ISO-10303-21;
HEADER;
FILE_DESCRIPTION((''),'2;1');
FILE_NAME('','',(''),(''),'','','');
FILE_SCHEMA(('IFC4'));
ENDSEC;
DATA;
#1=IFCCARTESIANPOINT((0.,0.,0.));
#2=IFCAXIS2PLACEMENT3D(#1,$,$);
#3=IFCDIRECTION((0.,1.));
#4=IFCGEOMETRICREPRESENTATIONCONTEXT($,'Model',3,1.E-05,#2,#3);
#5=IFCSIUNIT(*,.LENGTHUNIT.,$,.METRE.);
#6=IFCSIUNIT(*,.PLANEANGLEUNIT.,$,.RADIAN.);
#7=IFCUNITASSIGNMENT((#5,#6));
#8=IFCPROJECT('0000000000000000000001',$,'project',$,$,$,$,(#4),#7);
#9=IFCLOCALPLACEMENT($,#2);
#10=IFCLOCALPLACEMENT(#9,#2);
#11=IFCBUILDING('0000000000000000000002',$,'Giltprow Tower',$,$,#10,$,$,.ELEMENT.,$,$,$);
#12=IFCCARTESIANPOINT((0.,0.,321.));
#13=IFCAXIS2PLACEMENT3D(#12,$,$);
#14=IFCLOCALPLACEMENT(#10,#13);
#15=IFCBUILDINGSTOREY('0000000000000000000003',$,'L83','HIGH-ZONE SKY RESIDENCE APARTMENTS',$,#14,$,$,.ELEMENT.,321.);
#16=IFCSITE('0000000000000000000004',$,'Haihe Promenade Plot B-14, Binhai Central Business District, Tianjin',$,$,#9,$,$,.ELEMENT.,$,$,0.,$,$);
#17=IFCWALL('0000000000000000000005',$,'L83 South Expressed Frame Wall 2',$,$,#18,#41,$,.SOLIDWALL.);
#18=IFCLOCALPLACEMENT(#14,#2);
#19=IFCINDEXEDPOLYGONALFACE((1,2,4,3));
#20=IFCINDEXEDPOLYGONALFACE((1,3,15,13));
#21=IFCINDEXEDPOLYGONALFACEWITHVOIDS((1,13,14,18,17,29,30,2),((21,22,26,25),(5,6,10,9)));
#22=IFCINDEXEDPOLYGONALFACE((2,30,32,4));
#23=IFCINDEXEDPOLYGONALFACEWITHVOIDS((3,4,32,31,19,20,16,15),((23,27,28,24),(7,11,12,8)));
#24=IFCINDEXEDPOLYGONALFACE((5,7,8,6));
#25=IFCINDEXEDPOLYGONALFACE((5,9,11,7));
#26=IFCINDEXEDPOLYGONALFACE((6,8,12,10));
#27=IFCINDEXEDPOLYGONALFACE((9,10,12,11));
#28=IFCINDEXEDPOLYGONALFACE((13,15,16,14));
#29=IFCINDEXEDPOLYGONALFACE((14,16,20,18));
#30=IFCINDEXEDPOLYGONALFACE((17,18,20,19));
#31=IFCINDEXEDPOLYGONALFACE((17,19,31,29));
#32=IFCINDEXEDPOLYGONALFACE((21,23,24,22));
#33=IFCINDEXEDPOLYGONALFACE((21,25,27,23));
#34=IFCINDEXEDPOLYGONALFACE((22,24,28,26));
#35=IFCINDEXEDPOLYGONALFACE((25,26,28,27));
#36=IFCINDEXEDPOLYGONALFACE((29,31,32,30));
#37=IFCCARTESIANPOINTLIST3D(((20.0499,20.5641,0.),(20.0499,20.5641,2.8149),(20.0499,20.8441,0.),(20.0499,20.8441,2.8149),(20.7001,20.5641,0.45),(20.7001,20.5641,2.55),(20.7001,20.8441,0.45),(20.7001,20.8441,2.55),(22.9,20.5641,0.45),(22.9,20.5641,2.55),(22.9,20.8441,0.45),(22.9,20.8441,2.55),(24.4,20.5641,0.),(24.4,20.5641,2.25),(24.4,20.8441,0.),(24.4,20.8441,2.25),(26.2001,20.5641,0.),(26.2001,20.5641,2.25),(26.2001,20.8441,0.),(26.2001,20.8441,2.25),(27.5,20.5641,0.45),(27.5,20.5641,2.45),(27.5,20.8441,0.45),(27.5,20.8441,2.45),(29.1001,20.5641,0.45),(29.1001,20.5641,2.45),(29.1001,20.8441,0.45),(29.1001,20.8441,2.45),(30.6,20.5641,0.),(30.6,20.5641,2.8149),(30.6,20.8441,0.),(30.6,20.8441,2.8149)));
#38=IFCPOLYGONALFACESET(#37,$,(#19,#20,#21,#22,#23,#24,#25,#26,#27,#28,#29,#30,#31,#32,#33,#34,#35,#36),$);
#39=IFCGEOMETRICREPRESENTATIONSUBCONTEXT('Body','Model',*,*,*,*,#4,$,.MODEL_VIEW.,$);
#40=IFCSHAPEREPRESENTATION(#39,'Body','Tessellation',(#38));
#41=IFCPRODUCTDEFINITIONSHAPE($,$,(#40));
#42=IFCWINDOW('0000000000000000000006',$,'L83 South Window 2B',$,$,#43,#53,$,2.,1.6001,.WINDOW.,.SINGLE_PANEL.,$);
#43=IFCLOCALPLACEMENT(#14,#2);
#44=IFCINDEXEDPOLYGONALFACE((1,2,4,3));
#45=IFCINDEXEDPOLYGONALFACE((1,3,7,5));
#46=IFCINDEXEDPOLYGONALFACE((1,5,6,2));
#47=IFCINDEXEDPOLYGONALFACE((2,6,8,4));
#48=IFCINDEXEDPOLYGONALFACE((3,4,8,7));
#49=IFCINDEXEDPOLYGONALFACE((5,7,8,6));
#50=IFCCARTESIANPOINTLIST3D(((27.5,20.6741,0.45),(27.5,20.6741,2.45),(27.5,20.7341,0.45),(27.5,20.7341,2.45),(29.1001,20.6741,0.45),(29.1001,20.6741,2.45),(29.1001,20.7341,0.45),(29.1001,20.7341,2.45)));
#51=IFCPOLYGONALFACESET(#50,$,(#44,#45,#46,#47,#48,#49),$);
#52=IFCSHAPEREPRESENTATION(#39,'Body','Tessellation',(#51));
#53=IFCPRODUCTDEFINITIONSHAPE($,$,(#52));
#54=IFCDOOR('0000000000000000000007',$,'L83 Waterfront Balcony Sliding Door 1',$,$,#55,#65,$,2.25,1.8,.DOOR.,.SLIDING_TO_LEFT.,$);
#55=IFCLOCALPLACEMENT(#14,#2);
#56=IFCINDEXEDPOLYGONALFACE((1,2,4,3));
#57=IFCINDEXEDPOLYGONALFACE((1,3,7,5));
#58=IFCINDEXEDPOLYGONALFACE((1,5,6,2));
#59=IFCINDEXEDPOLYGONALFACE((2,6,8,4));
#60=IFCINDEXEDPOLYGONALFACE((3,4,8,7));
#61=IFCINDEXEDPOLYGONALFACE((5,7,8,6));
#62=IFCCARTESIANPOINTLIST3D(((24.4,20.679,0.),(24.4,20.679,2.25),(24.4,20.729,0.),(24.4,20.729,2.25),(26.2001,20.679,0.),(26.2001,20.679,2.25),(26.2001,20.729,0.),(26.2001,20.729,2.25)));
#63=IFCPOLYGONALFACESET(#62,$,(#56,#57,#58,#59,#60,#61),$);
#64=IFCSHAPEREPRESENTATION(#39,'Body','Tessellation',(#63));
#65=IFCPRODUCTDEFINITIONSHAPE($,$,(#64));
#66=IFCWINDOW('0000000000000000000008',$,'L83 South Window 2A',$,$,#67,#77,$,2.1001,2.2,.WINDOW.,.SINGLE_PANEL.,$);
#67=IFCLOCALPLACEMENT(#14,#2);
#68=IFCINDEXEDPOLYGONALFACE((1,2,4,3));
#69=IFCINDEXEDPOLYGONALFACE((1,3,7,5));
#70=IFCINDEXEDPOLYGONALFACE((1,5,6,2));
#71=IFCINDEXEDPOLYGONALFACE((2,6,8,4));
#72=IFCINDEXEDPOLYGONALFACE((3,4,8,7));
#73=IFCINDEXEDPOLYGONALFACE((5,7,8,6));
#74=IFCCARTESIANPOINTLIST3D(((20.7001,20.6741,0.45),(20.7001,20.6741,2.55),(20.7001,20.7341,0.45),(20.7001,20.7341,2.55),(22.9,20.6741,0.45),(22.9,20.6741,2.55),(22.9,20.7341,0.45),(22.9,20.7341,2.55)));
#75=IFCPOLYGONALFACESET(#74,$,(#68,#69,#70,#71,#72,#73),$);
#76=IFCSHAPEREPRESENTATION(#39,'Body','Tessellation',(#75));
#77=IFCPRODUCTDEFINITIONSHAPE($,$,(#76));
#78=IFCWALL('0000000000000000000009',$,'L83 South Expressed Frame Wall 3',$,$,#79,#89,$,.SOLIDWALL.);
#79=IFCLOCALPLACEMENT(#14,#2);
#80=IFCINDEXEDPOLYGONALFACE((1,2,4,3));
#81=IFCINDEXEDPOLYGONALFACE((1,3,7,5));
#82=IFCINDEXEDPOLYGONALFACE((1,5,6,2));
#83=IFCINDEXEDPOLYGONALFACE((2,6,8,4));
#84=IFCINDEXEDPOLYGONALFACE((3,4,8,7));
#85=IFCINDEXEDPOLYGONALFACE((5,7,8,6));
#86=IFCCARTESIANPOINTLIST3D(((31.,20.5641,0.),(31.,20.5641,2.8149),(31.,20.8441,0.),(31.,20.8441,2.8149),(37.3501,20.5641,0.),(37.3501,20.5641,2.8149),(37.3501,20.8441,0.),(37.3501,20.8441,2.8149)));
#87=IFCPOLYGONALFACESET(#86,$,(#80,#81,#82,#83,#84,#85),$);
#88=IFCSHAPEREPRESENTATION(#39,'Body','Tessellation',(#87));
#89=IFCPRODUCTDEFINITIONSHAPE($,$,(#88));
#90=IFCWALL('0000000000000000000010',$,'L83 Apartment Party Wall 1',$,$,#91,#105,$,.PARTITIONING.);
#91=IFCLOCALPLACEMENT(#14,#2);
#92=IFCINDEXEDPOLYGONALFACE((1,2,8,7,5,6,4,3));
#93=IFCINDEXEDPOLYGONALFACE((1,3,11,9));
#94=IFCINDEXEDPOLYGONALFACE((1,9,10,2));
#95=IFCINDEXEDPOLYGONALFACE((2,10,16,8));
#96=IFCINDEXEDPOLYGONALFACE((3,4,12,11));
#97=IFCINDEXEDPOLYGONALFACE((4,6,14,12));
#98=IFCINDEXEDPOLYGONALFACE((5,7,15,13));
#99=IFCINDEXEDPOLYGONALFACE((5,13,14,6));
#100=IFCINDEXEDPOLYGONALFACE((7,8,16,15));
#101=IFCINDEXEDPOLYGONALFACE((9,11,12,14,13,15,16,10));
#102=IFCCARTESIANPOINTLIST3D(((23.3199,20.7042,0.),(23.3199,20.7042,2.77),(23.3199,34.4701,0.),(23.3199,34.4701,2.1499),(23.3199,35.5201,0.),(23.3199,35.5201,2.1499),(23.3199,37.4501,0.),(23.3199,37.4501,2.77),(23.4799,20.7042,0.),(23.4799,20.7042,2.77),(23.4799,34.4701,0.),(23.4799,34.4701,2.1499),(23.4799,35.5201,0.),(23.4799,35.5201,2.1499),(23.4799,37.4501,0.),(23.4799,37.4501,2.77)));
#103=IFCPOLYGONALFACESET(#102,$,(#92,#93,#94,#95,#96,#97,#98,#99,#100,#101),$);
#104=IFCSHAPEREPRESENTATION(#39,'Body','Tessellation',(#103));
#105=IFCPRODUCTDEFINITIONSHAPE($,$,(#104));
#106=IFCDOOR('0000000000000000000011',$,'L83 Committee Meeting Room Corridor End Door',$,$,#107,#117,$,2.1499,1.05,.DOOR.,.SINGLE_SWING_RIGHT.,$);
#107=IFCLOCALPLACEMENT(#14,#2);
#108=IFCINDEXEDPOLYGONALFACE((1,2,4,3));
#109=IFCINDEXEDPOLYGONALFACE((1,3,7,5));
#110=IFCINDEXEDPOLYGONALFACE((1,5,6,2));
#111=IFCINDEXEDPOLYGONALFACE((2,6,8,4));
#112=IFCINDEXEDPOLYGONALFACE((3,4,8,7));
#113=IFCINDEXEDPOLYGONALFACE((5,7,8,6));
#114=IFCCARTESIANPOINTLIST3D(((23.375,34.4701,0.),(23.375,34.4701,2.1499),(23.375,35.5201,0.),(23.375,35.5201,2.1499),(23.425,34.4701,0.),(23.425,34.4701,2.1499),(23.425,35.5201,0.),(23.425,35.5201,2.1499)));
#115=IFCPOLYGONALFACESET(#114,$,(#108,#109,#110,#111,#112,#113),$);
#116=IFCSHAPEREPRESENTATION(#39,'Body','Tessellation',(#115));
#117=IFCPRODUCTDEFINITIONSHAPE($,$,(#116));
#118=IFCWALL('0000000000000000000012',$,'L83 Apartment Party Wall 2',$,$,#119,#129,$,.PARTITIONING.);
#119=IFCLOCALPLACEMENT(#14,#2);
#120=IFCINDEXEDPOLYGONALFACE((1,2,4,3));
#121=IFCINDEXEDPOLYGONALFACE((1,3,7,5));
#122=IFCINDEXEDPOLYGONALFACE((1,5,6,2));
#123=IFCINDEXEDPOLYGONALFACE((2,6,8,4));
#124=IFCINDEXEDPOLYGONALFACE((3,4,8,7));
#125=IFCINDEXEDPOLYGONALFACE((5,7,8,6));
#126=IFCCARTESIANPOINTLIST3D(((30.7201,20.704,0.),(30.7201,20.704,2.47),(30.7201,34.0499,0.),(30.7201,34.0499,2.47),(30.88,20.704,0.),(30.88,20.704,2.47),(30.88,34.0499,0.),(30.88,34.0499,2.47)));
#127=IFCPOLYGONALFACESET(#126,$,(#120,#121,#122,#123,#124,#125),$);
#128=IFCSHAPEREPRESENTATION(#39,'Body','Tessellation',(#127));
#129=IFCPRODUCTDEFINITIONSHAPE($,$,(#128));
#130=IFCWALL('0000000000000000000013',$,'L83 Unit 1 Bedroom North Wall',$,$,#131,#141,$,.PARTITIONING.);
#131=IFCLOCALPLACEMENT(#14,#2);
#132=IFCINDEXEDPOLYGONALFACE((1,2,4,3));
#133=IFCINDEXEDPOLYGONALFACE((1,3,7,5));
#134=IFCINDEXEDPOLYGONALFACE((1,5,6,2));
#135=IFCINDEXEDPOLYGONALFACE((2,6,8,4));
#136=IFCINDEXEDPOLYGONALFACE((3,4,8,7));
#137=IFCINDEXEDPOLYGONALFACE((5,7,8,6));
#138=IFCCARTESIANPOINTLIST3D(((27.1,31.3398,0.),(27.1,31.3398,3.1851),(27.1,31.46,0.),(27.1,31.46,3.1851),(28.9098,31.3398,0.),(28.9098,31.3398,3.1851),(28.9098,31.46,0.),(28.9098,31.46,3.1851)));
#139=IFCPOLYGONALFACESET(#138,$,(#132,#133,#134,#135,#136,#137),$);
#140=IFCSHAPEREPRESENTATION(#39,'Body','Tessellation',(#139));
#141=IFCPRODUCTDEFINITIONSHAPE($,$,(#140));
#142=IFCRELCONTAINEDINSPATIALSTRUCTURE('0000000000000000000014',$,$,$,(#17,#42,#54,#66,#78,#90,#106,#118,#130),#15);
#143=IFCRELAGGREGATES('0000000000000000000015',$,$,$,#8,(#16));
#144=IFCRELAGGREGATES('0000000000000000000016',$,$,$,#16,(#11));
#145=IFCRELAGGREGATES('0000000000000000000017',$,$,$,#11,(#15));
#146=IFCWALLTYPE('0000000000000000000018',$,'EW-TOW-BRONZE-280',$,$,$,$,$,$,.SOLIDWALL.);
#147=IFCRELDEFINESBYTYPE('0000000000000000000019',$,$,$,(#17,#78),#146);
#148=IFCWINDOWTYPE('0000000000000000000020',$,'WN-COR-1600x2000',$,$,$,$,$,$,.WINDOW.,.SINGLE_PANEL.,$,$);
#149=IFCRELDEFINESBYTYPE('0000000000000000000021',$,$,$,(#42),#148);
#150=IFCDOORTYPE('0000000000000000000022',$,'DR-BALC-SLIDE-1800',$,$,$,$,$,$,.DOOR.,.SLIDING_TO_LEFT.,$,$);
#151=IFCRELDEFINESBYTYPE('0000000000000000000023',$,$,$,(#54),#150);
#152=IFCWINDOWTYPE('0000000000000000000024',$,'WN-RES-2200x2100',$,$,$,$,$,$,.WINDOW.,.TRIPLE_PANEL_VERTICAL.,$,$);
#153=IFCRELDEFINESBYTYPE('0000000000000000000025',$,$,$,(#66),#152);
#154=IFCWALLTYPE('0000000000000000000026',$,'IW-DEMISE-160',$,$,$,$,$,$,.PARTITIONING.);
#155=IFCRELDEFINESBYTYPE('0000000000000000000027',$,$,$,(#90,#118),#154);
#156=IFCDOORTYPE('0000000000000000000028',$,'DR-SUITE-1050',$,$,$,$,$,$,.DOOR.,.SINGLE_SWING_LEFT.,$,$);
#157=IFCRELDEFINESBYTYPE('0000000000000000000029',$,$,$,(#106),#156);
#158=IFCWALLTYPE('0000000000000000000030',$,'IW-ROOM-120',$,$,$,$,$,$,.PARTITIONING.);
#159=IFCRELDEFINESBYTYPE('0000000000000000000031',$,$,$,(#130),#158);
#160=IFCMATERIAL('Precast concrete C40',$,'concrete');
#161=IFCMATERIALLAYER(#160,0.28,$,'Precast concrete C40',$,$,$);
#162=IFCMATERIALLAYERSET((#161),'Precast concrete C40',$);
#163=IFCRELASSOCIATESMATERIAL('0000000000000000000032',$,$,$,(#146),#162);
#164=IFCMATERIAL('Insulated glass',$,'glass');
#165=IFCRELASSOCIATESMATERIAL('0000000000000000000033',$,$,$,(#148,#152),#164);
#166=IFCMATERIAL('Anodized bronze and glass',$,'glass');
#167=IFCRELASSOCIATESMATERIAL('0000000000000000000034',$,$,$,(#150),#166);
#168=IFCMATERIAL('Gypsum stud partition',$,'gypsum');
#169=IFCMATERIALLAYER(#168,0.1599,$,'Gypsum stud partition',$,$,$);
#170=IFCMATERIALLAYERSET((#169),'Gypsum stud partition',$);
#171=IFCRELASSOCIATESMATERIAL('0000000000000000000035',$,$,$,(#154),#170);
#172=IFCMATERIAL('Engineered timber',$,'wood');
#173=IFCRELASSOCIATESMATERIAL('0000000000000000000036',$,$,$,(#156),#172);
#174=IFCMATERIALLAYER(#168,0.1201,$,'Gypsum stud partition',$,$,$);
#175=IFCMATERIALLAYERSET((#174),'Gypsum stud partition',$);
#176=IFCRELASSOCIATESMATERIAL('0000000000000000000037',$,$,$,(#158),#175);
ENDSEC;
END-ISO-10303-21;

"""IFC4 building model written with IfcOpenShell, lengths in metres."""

from ifc_helpers import new_model, si_unit, direction, frame, frame_2d, origin, place, context, subcontext, project, spatial, rectangle, extrude, source, transform, mapped, material, layer, layer_set, type_object, element, fill, save


model = new_model("IFC4")

# Units and contexts
model_context = context("Model", 3, precision=1e-05, world=origin(), true_north=direction((0.0, 1.0)))
body_context = subcontext(model_context, "Body", "Model", "MODEL_VIEW")
ifc_project = project(units=[si_unit("LENGTHUNIT", "METRE"), si_unit("PLANEANGLEUNIT", "RADIAN")], contexts=[model_context])

# Site, building, storey
site_placement = place(None, origin())
site = spatial("IfcSite", under=ifc_project, at=site_placement, Name="Haihe Promenade Plot B-14, Binhai Central Business District, Tianjin", CompositionType="ELEMENT", RefElevation=0.0)
building_placement = place(site_placement, origin())
building = spatial("IfcBuilding", under=site, at=building_placement, Name="Giltprow Tower", CompositionType="ELEMENT")
storey_placement = place(building_placement, frame((0.0, 0.0, 321.0)))
storey = spatial("IfcBuildingStorey", under=building, at=storey_placement, Name="L83", Description="HIGH-ZONE SKY RESIDENCE APARTMENTS", CompositionType="ELEMENT", Elevation=321.0)

# Wall, openings, windows, door
ifc_material_1 = material(Name="Precast concrete C40", Category="concrete")
ifc_layer_1 = layer(ifc_material_1, 0.28, Name="Precast concrete C40")
ifc_layer_set_1 = layer_set([ifc_layer_1], Name="Precast concrete C40")
wall_type_1 = type_object("IfcWallType", Name="EW-TOW-BRONZE-280", PredefinedType="SOLIDWALL", material=ifc_layer_set_1)
wall_1_placement = place(storey_placement, frame((20.05, 20.7041, 0.0), z_axis=(0.0, 0.0, 1.0), x_axis=(1.0, 0.0, 0.0)))
wall_1 = element("IfcWall", 1, at=wall_1_placement, inside=storey, type_object=wall_type_1, Name="L83 South Expressed Frame Wall 2", PredefinedType="SOLIDWALL", context=body_context, shape_type="SweptSolid", body=[
    extrude(rectangle(XDim=10.55, YDim=0.28, at=frame_2d((5.2749, 0.0))), origin(), (0.0, 0.0, 1.0), 2.8149),
])
opening_1_placement = place(wall_1_placement, frame((4.3501, 0.0, 0.0)))
opening_1 = element("IfcOpeningElement", 2, at=opening_1_placement, cuts=wall_1, PredefinedType="OPENING", context=body_context, shape_type="SweptSolid", body=[
    extrude(rectangle(XDim=1.8, YDim=2.25, at=frame_2d((0.8999, 1.125))), frame((0.0, 0.1499, 0.0), z_axis=(0.0, -1.0, 0.0), x_axis=(1.0, 0.0, 0.0)), (0.0, 0.0, 1.0), 0.3),
])
opening_2_placement = place(wall_1_placement, frame((0.6499, 0.0, 0.45)))
opening_2 = element("IfcOpeningElement", 3, at=opening_2_placement, cuts=wall_1, PredefinedType="OPENING", context=body_context, shape_type="SweptSolid", body=[
    extrude(rectangle(XDim=2.2, YDim=2.1001, at=frame_2d((1.1001, 1.05))), frame((0.0, 0.1499, 0.0), z_axis=(0.0, -1.0, 0.0), x_axis=(1.0, 0.0, 0.0)), (0.0, 0.0, 1.0), 0.3),
])
opening_3_placement = place(wall_1_placement, frame((7.45, 0.0, 0.45)))
opening_3 = element("IfcOpeningElement", 4, at=opening_3_placement, cuts=wall_1, PredefinedType="OPENING", context=body_context, shape_type="SweptSolid", body=[
    extrude(rectangle(XDim=1.6001, YDim=2.0, at=frame_2d((0.8, 1.0))), frame((0.0, 0.1499, 0.0), z_axis=(0.0, -1.0, 0.0), x_axis=(1.0, 0.0, 0.0)), (0.0, 0.0, 1.0), 0.3),
])
ifc_material_2 = material(Name="Insulated glass", Category="glass")
window_type_1 = type_object("IfcWindowType", Name="WN-COR-1600x2000", PartitioningType="SINGLE_PANEL", PredefinedType="WINDOW", material=ifc_material_2)
shared_shape_1 = source(origin(), body_context, "Body", "SweptSolid", [
    extrude(rectangle(XDim=1.6001, YDim=2.0, at=frame_2d((0.8, 1.0))), frame((0.0, 0.03, 0.0), z_axis=(0.0, -1.0, 0.0), x_axis=(1.0, 0.0, 0.0)), (0.0, 0.0, 1.0), 0.0601),
])
window_1_placement = place(opening_3_placement, origin())
window_1 = element("IfcWindow", 5, at=window_1_placement, inside=storey, type_object=window_type_1, Name="L83 South Window 2B", OverallHeight=2.0, OverallWidth=1.6001, PartitioningType="SINGLE_PANEL", PredefinedType="WINDOW", context=body_context, shape_type="MappedRepresentation", body=[
    mapped(shared_shape_1, transform((0.0, 0.0, 0.0), x_axis=(1.0, 0.0, 0.0), y_axis=(0.0, 1.0, 0.0), z_axis=(0.0, 0.0, 1.0), scale=1.0)),
])
fill(opening_3, window_1)
ifc_material_3 = material(Name="Anodized bronze and glass", Category="glass")
door_type_1 = type_object("IfcDoorType", Name="DR-BALC-SLIDE-1800", OperationType="SLIDING_TO_LEFT", PredefinedType="DOOR", material=ifc_material_3)
shared_shape_2 = source(origin(), body_context, "Body", "SweptSolid", [
    extrude(rectangle(XDim=1.8, YDim=2.25, at=frame_2d((0.8999, 1.125))), frame((0.0, 0.0249, 0.0), z_axis=(0.0, -1.0, 0.0), x_axis=(1.0, 0.0, 0.0)), (0.0, 0.0, 1.0), 0.05),
])
door_1_placement = place(opening_1_placement, origin())
door_1 = element("IfcDoor", 6, at=door_1_placement, inside=storey, type_object=door_type_1, Name="L83 Waterfront Balcony Sliding Door 1", OperationType="SLIDING_TO_LEFT", OverallHeight=2.25, OverallWidth=1.8, PredefinedType="DOOR", context=body_context, shape_type="MappedRepresentation", body=[
    mapped(shared_shape_2, transform((0.0, 0.0, 0.0), x_axis=(1.0, 0.0, 0.0), y_axis=(0.0, 1.0, 0.0), z_axis=(0.0, 0.0, 1.0), scale=1.0)),
])
fill(opening_1, door_1)
window_type_2 = type_object("IfcWindowType", Name="WN-RES-2200x2100", PartitioningType="TRIPLE_PANEL_VERTICAL", PredefinedType="WINDOW", material=ifc_material_2)
shared_shape_3 = source(origin(), body_context, "Body", "SweptSolid", [
    extrude(rectangle(XDim=2.2, YDim=2.1001, at=frame_2d((1.1001, 1.05))), frame((0.0, 0.03, 0.0), z_axis=(0.0, -1.0, 0.0), x_axis=(1.0, 0.0, 0.0)), (0.0, 0.0, 1.0), 0.0601),
])
window_2_placement = place(opening_2_placement, origin())
window_2 = element("IfcWindow", 7, at=window_2_placement, inside=storey, type_object=window_type_2, Name="L83 South Window 2A", OverallHeight=2.1001, OverallWidth=2.2, PartitioningType="SINGLE_PANEL", PredefinedType="WINDOW", context=body_context, shape_type="MappedRepresentation", body=[
    mapped(shared_shape_3, transform((0.0, 0.0, 0.0), x_axis=(1.0, 0.0, 0.0), y_axis=(0.0, 1.0, 0.0), z_axis=(0.0, 0.0, 1.0), scale=1.0)),
])
fill(opening_2, window_2)

# Wall
wall_2_placement = place(storey_placement, frame((31.0, 20.7041, 0.0), z_axis=(0.0, 0.0, 1.0), x_axis=(1.0, 0.0, 0.0)))
element("IfcWall", 8, at=wall_2_placement, inside=storey, type_object=wall_type_1, Name="L83 South Expressed Frame Wall 3", PredefinedType="SOLIDWALL", context=body_context, shape_type="SweptSolid", body=[
    extrude(rectangle(XDim=6.3501, YDim=0.28, at=frame_2d((3.175, 0.0))), origin(), (0.0, 0.0, 1.0), 2.8149),
])

# Wall, opening, door
ifc_material_4 = material(Name="Gypsum stud partition", Category="gypsum")
ifc_layer_2 = layer(ifc_material_4, 0.1599, Name="Gypsum stud partition")
ifc_layer_set_2 = layer_set([ifc_layer_2], Name="Gypsum stud partition")
wall_type_2 = type_object("IfcWallType", Name="IW-DEMISE-160", PredefinedType="PARTITIONING", material=ifc_layer_set_2)
wall_3_placement = place(storey_placement, frame((23.3999, 20.7041, 0.0), z_axis=(0.0, 0.0, 1.0), x_axis=(0.0, 1.0, 0.0)))
wall_3 = element("IfcWall", 9, at=wall_3_placement, inside=storey, type_object=wall_type_2, Name="L83 Apartment Party Wall 1", PredefinedType="PARTITIONING", context=body_context, shape_type="SweptSolid", body=[
    extrude(rectangle(XDim=16.7458, YDim=0.1599, at=frame_2d((8.373, 0.0))), origin(), (0.0, 0.0, 1.0), 2.77),
])
opening_4_placement = place(wall_3_placement, frame((13.7661, 0.0, 0.0)))
opening_4 = element("IfcOpeningElement", 10, at=opening_4_placement, cuts=wall_3, PredefinedType="OPENING", context=body_context, shape_type="SweptSolid", body=[
    extrude(rectangle(XDim=1.05, YDim=2.1499, at=frame_2d((0.5249, 1.075))), frame((0.0, 0.0898, 0.0), z_axis=(0.0, -1.0, 0.0), x_axis=(1.0, 0.0, 0.0)), (0.0, 0.0, 1.0), 0.1799),
])
ifc_material_5 = material(Name="Engineered timber", Category="wood")
door_type_2 = type_object("IfcDoorType", Name="DR-SUITE-1050", OperationType="SINGLE_SWING_LEFT", PredefinedType="DOOR", material=ifc_material_5)
shared_shape_4 = source(origin(), body_context, "Body", "SweptSolid", [
    extrude(rectangle(XDim=1.05, YDim=2.1499, at=frame_2d((0.5249, 1.075))), frame((0.0, 0.0249, 0.0), z_axis=(0.0, -1.0, 0.0), x_axis=(1.0, 0.0, 0.0)), (0.0, 0.0, 1.0), 0.05),
])
door_2_placement = place(opening_4_placement, origin())
door_2 = element("IfcDoor", 11, at=door_2_placement, inside=storey, type_object=door_type_2, Name="L83 Committee Meeting Room Corridor End Door", OperationType="SINGLE_SWING_RIGHT", OverallHeight=2.1499, OverallWidth=1.05, PredefinedType="DOOR", context=body_context, shape_type="MappedRepresentation", body=[
    mapped(shared_shape_4, transform((0.0, 0.0, 0.0), x_axis=(1.0, 0.0, 0.0), y_axis=(0.0, 1.0, 0.0), z_axis=(0.0, 0.0, 1.0), scale=1.0)),
])
fill(opening_4, door_2)

# Walls
wall_4_placement = place(storey_placement, frame((30.8, 20.7041, 0.0), z_axis=(0.0, 0.0, 1.0), x_axis=(0.0, 1.0, 0.0)))
element("IfcWall", 12, at=wall_4_placement, inside=storey, type_object=wall_type_2, Name="L83 Apartment Party Wall 2", PredefinedType="PARTITIONING", context=body_context, shape_type="SweptSolid", body=[
    extrude(rectangle(XDim=13.3459, YDim=0.1599, at=frame_2d((6.6729, 0.0))), origin(), (0.0, 0.0, 1.0), 2.47),
])
ifc_layer_3 = layer(ifc_material_4, 0.1201, Name="Gypsum stud partition")
ifc_layer_set_3 = layer_set([ifc_layer_3], Name="Gypsum stud partition")
wall_type_3 = type_object("IfcWallType", Name="IW-ROOM-120", PredefinedType="PARTITIONING", material=ifc_layer_set_3)
wall_5_placement = place(storey_placement, frame((27.1001, 31.3999, 0.0), z_axis=(0.0, 0.0, 1.0), x_axis=(1.0, 0.0, 0.0)))
element("IfcWall", 13, at=wall_5_placement, inside=storey, type_object=wall_type_3, Name="L83 Unit 1 Bedroom North Wall", PredefinedType="PARTITIONING", context=body_context, shape_type="SweptSolid", body=[
    extrude(rectangle(XDim=1.8098, YDim=0.1201, at=frame_2d((0.9048, 0.0))), origin(), (0.0, 0.0, 1.0), 3.1851),
])

save(model, "model.ifc")
